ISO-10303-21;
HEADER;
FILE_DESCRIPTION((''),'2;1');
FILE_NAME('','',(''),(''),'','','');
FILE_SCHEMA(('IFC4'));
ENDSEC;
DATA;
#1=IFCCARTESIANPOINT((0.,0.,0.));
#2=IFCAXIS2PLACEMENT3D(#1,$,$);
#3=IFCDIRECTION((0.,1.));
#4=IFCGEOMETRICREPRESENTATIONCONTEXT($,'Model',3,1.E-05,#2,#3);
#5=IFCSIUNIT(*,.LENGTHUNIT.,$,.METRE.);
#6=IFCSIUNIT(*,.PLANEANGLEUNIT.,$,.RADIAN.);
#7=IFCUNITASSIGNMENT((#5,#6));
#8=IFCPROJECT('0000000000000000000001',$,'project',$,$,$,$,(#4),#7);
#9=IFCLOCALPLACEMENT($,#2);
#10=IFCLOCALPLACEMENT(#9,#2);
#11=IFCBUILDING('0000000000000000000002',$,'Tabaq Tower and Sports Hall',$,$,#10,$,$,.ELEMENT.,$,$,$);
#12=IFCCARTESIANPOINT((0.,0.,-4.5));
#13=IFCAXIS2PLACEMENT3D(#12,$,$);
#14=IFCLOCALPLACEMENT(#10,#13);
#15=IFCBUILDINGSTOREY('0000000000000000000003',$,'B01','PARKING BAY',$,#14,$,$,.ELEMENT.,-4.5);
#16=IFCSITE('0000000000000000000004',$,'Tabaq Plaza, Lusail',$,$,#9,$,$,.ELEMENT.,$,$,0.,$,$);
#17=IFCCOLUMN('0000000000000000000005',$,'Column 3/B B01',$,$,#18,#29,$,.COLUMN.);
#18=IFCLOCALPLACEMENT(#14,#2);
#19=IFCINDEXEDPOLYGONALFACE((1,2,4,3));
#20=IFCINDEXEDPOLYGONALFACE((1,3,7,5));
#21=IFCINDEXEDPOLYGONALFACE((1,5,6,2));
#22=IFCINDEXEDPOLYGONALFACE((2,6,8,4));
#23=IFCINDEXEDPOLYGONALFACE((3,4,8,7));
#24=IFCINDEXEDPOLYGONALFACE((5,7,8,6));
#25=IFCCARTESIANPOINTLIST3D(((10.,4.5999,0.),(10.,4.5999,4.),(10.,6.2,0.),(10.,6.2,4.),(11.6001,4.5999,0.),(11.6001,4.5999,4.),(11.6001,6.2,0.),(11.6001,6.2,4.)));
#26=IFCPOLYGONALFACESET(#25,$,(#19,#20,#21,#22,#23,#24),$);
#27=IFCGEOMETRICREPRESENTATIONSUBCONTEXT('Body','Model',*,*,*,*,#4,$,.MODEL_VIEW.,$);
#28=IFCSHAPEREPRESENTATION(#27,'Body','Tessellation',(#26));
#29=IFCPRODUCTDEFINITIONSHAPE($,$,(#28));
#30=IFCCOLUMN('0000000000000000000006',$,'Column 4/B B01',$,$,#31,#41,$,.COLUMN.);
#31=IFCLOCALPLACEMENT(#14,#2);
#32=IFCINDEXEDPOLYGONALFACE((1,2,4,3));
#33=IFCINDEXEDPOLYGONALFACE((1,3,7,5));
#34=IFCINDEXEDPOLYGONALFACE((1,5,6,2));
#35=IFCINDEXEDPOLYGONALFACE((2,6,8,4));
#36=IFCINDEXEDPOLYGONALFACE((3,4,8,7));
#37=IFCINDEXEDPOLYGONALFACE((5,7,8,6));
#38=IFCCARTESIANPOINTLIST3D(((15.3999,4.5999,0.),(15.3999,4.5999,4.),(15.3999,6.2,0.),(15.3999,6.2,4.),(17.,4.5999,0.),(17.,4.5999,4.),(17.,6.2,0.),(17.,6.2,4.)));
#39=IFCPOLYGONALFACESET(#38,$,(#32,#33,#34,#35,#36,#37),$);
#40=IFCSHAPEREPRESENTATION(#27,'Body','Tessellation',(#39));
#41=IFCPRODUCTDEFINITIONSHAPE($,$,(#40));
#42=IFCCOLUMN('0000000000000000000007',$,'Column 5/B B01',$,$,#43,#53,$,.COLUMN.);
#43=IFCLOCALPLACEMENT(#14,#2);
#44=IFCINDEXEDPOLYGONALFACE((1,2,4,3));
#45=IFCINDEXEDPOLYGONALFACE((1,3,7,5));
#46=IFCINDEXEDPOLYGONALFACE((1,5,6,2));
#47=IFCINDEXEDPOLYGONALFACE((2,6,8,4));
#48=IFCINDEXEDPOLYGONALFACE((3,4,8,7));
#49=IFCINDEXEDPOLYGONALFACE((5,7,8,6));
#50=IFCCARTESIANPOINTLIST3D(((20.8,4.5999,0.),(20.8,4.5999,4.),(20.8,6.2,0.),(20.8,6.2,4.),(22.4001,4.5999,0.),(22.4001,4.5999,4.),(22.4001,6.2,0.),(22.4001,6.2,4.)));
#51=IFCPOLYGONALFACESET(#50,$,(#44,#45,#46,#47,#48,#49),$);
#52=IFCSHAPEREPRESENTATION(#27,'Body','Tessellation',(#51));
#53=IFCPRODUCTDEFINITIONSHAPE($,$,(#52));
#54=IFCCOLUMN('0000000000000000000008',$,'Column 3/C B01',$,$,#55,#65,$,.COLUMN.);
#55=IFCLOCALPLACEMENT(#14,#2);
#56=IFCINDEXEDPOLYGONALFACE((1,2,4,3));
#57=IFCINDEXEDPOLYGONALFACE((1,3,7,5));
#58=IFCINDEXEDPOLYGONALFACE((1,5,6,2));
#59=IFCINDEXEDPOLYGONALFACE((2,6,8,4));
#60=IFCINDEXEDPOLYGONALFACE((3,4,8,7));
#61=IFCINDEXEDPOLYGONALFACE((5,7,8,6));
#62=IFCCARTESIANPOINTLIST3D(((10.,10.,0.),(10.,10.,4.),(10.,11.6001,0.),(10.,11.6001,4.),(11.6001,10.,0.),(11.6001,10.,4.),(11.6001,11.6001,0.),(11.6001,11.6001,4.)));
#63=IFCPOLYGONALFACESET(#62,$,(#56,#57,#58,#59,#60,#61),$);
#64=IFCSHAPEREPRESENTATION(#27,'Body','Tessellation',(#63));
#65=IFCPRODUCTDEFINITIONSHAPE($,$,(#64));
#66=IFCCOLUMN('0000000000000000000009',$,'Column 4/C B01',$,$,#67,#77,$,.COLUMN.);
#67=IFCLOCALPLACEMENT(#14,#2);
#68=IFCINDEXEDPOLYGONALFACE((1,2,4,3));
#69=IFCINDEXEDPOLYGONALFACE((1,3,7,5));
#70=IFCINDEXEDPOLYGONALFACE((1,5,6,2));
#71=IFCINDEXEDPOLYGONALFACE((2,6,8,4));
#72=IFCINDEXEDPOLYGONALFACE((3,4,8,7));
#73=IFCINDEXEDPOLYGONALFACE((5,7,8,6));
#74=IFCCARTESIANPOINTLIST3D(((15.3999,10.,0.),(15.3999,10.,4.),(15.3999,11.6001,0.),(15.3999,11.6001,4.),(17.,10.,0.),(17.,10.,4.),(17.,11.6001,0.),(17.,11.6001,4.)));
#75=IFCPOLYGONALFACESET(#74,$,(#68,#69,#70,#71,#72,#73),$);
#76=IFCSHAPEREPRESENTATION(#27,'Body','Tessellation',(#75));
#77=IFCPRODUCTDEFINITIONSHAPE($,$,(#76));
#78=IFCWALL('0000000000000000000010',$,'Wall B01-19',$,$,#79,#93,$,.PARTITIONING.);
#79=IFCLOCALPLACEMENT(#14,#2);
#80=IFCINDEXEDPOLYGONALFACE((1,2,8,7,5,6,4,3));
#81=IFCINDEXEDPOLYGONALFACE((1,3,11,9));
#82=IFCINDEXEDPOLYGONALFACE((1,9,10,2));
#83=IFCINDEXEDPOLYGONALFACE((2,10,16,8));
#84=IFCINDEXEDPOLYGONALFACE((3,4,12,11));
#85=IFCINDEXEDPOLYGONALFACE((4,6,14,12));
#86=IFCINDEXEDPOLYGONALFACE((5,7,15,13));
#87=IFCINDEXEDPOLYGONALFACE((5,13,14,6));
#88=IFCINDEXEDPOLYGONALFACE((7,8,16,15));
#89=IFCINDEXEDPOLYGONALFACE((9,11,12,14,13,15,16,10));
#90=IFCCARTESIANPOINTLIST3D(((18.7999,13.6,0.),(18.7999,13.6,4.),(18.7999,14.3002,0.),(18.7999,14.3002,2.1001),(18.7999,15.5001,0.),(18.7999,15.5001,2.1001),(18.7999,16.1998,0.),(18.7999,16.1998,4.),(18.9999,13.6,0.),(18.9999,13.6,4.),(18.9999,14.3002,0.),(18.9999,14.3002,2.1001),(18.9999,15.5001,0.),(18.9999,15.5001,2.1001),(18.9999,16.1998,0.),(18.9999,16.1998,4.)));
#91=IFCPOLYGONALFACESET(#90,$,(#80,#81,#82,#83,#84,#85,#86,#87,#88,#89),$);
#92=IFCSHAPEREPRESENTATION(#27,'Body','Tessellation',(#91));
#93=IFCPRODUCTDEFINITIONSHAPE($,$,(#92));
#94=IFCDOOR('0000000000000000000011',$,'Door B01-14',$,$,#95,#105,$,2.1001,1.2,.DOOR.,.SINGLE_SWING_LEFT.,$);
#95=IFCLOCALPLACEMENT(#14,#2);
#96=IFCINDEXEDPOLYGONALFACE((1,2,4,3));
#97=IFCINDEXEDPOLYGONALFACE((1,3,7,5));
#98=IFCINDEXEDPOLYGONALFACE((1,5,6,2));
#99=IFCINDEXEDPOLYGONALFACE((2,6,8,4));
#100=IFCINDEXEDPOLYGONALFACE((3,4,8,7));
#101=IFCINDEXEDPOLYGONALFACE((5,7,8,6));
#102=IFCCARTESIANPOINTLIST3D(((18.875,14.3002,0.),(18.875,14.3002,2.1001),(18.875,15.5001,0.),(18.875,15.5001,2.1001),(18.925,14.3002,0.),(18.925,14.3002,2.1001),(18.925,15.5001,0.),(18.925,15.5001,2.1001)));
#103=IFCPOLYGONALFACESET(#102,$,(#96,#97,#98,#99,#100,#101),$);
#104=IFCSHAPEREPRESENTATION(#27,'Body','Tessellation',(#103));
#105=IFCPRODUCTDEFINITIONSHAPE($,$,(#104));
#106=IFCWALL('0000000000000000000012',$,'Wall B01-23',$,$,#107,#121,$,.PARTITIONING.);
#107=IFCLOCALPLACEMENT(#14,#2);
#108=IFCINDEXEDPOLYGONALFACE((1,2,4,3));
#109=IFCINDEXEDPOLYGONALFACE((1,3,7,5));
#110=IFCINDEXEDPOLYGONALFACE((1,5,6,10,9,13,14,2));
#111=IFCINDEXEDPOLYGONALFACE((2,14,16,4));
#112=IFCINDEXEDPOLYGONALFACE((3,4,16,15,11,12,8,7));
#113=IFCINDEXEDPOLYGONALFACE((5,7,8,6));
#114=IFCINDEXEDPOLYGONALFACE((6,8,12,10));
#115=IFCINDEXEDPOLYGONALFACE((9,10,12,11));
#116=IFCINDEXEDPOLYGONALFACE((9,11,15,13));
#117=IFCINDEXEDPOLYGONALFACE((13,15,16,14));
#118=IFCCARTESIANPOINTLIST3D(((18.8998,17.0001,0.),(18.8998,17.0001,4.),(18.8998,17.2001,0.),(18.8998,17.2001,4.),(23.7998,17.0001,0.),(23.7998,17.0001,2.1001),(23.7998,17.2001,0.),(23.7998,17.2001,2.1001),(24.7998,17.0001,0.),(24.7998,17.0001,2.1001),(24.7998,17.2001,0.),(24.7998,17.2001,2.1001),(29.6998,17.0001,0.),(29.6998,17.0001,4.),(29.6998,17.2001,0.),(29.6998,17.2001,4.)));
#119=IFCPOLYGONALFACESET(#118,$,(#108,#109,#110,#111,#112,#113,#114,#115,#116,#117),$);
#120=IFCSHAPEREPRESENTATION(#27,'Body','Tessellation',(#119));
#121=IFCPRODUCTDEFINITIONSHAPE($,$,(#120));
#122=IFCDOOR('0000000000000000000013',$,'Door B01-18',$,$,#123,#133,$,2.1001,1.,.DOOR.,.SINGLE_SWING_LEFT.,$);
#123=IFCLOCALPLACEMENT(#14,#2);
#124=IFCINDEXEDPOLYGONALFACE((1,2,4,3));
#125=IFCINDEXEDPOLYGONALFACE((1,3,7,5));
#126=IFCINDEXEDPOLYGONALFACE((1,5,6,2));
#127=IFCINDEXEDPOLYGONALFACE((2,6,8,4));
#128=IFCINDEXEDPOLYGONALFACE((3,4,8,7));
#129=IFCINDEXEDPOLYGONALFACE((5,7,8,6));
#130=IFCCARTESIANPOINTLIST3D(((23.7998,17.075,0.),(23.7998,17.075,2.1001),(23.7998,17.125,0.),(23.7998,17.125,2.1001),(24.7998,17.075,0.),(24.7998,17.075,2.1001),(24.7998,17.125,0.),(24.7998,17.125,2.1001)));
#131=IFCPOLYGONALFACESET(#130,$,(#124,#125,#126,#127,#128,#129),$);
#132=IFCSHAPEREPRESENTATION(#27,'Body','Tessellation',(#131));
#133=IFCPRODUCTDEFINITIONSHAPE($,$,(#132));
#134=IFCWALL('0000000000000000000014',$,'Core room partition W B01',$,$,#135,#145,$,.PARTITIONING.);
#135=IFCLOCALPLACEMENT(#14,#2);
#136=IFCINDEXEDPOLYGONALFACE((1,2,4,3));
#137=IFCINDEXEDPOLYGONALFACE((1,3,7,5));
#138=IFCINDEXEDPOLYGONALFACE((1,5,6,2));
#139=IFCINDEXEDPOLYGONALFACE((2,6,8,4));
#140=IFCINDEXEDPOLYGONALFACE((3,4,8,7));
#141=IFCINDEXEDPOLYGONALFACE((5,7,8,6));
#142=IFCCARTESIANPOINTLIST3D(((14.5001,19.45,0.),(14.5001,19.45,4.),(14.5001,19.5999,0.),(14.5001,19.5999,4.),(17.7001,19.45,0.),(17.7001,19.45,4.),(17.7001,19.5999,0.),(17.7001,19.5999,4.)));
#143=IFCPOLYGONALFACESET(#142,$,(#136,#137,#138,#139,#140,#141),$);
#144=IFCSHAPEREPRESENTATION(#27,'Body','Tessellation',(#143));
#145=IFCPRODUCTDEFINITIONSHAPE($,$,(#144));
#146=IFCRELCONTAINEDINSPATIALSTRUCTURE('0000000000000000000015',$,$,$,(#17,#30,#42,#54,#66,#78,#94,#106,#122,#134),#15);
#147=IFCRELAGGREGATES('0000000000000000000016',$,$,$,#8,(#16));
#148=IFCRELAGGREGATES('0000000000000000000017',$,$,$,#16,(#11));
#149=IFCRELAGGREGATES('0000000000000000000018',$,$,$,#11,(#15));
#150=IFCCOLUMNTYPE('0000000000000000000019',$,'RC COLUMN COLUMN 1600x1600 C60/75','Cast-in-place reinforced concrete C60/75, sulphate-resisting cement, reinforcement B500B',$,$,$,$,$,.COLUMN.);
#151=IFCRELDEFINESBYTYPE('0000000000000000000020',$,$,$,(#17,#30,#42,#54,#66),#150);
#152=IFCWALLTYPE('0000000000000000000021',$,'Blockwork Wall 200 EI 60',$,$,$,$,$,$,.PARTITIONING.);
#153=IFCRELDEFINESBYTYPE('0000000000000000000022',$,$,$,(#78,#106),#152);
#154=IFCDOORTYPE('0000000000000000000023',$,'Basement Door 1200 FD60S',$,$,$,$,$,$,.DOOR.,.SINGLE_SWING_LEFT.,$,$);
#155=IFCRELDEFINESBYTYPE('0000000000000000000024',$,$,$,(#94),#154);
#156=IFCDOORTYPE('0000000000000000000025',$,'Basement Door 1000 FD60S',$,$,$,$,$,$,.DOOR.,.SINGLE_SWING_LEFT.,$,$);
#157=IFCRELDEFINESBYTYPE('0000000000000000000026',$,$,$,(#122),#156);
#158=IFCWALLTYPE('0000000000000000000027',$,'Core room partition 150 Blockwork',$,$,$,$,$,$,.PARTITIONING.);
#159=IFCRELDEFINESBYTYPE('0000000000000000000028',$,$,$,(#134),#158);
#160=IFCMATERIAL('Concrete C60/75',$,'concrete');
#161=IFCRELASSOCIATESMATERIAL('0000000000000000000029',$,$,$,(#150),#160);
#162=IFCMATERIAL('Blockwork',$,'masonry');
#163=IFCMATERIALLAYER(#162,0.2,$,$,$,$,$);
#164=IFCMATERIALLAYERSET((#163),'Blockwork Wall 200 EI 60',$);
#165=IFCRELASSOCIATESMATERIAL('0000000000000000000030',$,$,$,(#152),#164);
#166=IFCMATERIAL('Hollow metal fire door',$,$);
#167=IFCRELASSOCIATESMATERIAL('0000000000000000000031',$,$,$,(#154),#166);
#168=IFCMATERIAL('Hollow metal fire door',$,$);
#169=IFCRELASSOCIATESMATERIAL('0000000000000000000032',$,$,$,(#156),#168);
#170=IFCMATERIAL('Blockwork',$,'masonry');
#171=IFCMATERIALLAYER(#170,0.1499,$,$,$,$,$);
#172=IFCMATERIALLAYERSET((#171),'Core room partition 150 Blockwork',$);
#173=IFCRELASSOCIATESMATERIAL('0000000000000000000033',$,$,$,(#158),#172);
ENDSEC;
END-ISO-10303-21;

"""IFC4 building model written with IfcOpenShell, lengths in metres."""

from ifc_helpers import new_model, si_unit, direction, frame, frame_2d, origin, origin_2d, place, context, subcontext, project, spatial, rectangle, extrude, material, layer, layer_set, material_profile, profile_set, type_object, element, fill, save


model = new_model("IFC4")

# Units and contexts
model_context = context("Model", 3, precision=1e-05, world=origin(), true_north=direction((0.0, 1.0)))
body_context = subcontext(model_context, "Body", "Model", "MODEL_VIEW")
ifc_project = project(units=[si_unit("LENGTHUNIT", "METRE"), si_unit("PLANEANGLEUNIT", "RADIAN")], contexts=[model_context])

# Site, building, storey
site_placement = place(None, origin())
site = spatial("IfcSite", under=ifc_project, at=site_placement, Name="Tabaq Plaza, Lusail", CompositionType="ELEMENT", RefElevation=0.0)
building_placement = place(site_placement, origin())
building = spatial("IfcBuilding", under=site, at=building_placement, Name="Tabaq Tower and Sports Hall", CompositionType="ELEMENT")
storey_placement = place(building_placement, frame((0.0, 0.0, -4.5)))
storey = spatial("IfcBuildingStorey", under=building, at=storey_placement, Name="B01", Description="PARKING BAY", CompositionType="ELEMENT", Elevation=-4.5)

# Columns
ifc_material_1 = material(Name="Concrete C60/75", Category="concrete")
ifc_material_profile = material_profile(ifc_material_1, rectangle(XDim=1.6001, YDim=1.6001, at=origin_2d()), Name="COLUMN 1600x1600")
ifc_profile_set = profile_set([ifc_material_profile], Name="Concrete C60/75")
column_type = type_object("IfcColumnType", Name="RC COLUMN COLUMN 1600x1600 C60/75", Description="Cast-in-place reinforced concrete C60/75, sulphate-resisting cement, reinforcement B500B", PredefinedType="COLUMN", material=ifc_profile_set)
for number, where, z_axis, x_axis, name in (
    (1, (10.8, 5.3999, 0.0), (0.0, 0.0, 1.0), (1.0, 0.0, 0.0), "Column 3/B B01"),
    (2, (16.2, 5.3999, 0.0), (0.0, 0.0, 1.0), (1.0, 0.0, 0.0), "Column 4/B B01"),
    (3, (21.6001, 5.3999, 0.0), (0.0, 0.0, 1.0), (1.0, 0.0, 0.0), "Column 5/B B01"),
    (4, (10.8, 10.8, 0.0), (0.0, 0.0, 1.0), (1.0, 0.0, 0.0), "Column 3/C B01"),
    (5, (16.2, 10.8, 0.0), (0.0, 0.0, 1.0), (1.0, 0.0, 0.0), "Column 4/C B01"),
):
    element("IfcColumn", number, at=place(storey_placement, frame(where, z_axis=z_axis, x_axis=x_axis)), inside=storey, type_object=column_type, Name=name, PredefinedType="COLUMN", context=body_context, shape_type="SweptSolid", body=[
        extrude(rectangle(XDim=1.6001, YDim=1.6001, at=origin_2d()), origin(), (0.0, 0.0, 1.0), 4.0),
    ])

# Walls, openings, doors
ifc_material_2 = material(Name="Blockwork", Category="masonry")
ifc_layer_1 = layer(ifc_material_2, 0.2)
ifc_layer_set_1 = layer_set([ifc_layer_1], Name="Blockwork Wall 200 EI 60")
wall_type_1 = type_object("IfcWallType", Name="Blockwork Wall 200 EI 60", PredefinedType="PARTITIONING", material=ifc_layer_set_1)
wall_1_placement = place(storey_placement, frame((18.8999, 13.6001, 0.0), z_axis=(0.0, 0.0, 1.0), x_axis=(0.0, 1.0, 0.0)))
wall_1 = element("IfcWall", 6, at=wall_1_placement, inside=storey, type_object=wall_type_1, Name="Wall B01-19", PredefinedType="PARTITIONING", context=body_context, shape_type="SweptSolid", body=[
    extrude(rectangle(XDim=2.5999, YDim=0.2, at=frame_2d((1.2998, 0.0))), origin(), (0.0, 0.0, 1.0), 4.0),
])
opening_1_placement = place(wall_1_placement, frame((0.7, 0.0, 0.0)))
opening_1 = element("IfcOpeningElement", 7, at=opening_1_placement, cuts=wall_1, PredefinedType="OPENING", context=body_context, shape_type="SweptSolid", body=[
    extrude(rectangle(XDim=1.2, YDim=2.1001, at=frame_2d((0.6001, 1.05))), frame((0.0, 0.1099, 0.0), z_axis=(0.0, -1.0, 0.0), x_axis=(1.0, 0.0, 0.0)), (0.0, 0.0, 1.0), 0.22),
])
ifc_material_3 = material(Name="Hollow metal fire door")
door_type_1 = type_object("IfcDoorType", Name="Basement Door 1200 FD60S", OperationType="SINGLE_SWING_LEFT", PredefinedType="DOOR", material=ifc_material_3)
door_1_placement = place(opening_1_placement, origin())
door_1 = element("IfcDoor", 8, at=door_1_placement, inside=storey, type_object=door_type_1, Name="Door B01-14", OperationType="SINGLE_SWING_LEFT", OverallHeight=2.1001, OverallWidth=1.2, PredefinedType="DOOR", context=body_context, shape_type="SweptSolid", body=[
    extrude(rectangle(XDim=1.2, YDim=2.1001, at=frame_2d((0.6001, 1.05))), frame((0.0, 0.0249, 0.0), z_axis=(0.0, -1.0, 0.0), x_axis=(1.0, 0.0, 0.0)), (0.0, 0.0, 1.0), 0.05),
])
fill(opening_1, door_1)
wall_2_placement = place(storey_placement, frame((18.8999, 17.1001, 0.0), z_axis=(0.0, 0.0, 1.0), x_axis=(1.0, 0.0, 0.0)))
wall_2 = element("IfcWall", 9, at=wall_2_placement, inside=storey, type_object=wall_type_1, Name="Wall B01-23", PredefinedType="PARTITIONING", context=body_context, shape_type="SweptSolid", body=[
    extrude(rectangle(XDim=10.8, YDim=0.2, at=frame_2d((5.3999, 0.0))), origin(), (0.0, 0.0, 1.0), 4.0),
])
opening_2_placement = place(wall_2_placement, frame((4.8999, 0.0, 0.0)))
opening_2 = element("IfcOpeningElement", 10, at=opening_2_placement, cuts=wall_2, PredefinedType="OPENING", context=body_context, shape_type="SweptSolid", body=[
    extrude(rectangle(XDim=1.0, YDim=2.1001, at=frame_2d((0.5, 1.05))), frame((0.0, 0.1099, 0.0), z_axis=(0.0, -1.0, 0.0), x_axis=(1.0, 0.0, 0.0)), (0.0, 0.0, 1.0), 0.22),
])
ifc_material_4 = material(Name="Hollow metal fire door")
door_type_2 = type_object("IfcDoorType", Name="Basement Door 1000 FD60S", OperationType="SINGLE_SWING_LEFT", PredefinedType="DOOR", material=ifc_material_4)
door_2_placement = place(opening_2_placement, origin())
door_2 = element("IfcDoor", 11, at=door_2_placement, inside=storey, type_object=door_type_2, Name="Door B01-18", OperationType="SINGLE_SWING_LEFT", OverallHeight=2.1001, OverallWidth=1.0, PredefinedType="DOOR", context=body_context, shape_type="SweptSolid", body=[
    extrude(rectangle(XDim=1.0, YDim=2.1001, at=frame_2d((0.5, 1.05))), frame((0.0, 0.0249, 0.0), z_axis=(0.0, -1.0, 0.0), x_axis=(1.0, 0.0, 0.0)), (0.0, 0.0, 1.0), 0.05),
])
fill(opening_2, door_2)

# Wall
ifc_material_5 = material(Name="Blockwork", Category="masonry")
ifc_layer_2 = layer(ifc_material_5, 0.1499)
ifc_layer_set_2 = layer_set([ifc_layer_2], Name="Core room partition 150 Blockwork")
wall_type_2 = type_object("IfcWallType", Name="Core room partition 150 Blockwork", PredefinedType="PARTITIONING", material=ifc_layer_set_2)
wall_3_placement = place(storey_placement, frame((14.5, 19.5249, 0.0), z_axis=(0.0, 0.0, 1.0), x_axis=(1.0, 0.0, 0.0)))
element("IfcWall", 12, at=wall_3_placement, inside=storey, type_object=wall_type_2, Name="Core room partition W B01", PredefinedType="PARTITIONING", context=body_context, shape_type="SweptSolid", body=[
    extrude(rectangle(XDim=3.2, YDim=0.1499, at=frame_2d((1.6001, 0.0))), origin(), (0.0, 0.0, 1.0), 4.0),
])

save(model, "model.ifc")
